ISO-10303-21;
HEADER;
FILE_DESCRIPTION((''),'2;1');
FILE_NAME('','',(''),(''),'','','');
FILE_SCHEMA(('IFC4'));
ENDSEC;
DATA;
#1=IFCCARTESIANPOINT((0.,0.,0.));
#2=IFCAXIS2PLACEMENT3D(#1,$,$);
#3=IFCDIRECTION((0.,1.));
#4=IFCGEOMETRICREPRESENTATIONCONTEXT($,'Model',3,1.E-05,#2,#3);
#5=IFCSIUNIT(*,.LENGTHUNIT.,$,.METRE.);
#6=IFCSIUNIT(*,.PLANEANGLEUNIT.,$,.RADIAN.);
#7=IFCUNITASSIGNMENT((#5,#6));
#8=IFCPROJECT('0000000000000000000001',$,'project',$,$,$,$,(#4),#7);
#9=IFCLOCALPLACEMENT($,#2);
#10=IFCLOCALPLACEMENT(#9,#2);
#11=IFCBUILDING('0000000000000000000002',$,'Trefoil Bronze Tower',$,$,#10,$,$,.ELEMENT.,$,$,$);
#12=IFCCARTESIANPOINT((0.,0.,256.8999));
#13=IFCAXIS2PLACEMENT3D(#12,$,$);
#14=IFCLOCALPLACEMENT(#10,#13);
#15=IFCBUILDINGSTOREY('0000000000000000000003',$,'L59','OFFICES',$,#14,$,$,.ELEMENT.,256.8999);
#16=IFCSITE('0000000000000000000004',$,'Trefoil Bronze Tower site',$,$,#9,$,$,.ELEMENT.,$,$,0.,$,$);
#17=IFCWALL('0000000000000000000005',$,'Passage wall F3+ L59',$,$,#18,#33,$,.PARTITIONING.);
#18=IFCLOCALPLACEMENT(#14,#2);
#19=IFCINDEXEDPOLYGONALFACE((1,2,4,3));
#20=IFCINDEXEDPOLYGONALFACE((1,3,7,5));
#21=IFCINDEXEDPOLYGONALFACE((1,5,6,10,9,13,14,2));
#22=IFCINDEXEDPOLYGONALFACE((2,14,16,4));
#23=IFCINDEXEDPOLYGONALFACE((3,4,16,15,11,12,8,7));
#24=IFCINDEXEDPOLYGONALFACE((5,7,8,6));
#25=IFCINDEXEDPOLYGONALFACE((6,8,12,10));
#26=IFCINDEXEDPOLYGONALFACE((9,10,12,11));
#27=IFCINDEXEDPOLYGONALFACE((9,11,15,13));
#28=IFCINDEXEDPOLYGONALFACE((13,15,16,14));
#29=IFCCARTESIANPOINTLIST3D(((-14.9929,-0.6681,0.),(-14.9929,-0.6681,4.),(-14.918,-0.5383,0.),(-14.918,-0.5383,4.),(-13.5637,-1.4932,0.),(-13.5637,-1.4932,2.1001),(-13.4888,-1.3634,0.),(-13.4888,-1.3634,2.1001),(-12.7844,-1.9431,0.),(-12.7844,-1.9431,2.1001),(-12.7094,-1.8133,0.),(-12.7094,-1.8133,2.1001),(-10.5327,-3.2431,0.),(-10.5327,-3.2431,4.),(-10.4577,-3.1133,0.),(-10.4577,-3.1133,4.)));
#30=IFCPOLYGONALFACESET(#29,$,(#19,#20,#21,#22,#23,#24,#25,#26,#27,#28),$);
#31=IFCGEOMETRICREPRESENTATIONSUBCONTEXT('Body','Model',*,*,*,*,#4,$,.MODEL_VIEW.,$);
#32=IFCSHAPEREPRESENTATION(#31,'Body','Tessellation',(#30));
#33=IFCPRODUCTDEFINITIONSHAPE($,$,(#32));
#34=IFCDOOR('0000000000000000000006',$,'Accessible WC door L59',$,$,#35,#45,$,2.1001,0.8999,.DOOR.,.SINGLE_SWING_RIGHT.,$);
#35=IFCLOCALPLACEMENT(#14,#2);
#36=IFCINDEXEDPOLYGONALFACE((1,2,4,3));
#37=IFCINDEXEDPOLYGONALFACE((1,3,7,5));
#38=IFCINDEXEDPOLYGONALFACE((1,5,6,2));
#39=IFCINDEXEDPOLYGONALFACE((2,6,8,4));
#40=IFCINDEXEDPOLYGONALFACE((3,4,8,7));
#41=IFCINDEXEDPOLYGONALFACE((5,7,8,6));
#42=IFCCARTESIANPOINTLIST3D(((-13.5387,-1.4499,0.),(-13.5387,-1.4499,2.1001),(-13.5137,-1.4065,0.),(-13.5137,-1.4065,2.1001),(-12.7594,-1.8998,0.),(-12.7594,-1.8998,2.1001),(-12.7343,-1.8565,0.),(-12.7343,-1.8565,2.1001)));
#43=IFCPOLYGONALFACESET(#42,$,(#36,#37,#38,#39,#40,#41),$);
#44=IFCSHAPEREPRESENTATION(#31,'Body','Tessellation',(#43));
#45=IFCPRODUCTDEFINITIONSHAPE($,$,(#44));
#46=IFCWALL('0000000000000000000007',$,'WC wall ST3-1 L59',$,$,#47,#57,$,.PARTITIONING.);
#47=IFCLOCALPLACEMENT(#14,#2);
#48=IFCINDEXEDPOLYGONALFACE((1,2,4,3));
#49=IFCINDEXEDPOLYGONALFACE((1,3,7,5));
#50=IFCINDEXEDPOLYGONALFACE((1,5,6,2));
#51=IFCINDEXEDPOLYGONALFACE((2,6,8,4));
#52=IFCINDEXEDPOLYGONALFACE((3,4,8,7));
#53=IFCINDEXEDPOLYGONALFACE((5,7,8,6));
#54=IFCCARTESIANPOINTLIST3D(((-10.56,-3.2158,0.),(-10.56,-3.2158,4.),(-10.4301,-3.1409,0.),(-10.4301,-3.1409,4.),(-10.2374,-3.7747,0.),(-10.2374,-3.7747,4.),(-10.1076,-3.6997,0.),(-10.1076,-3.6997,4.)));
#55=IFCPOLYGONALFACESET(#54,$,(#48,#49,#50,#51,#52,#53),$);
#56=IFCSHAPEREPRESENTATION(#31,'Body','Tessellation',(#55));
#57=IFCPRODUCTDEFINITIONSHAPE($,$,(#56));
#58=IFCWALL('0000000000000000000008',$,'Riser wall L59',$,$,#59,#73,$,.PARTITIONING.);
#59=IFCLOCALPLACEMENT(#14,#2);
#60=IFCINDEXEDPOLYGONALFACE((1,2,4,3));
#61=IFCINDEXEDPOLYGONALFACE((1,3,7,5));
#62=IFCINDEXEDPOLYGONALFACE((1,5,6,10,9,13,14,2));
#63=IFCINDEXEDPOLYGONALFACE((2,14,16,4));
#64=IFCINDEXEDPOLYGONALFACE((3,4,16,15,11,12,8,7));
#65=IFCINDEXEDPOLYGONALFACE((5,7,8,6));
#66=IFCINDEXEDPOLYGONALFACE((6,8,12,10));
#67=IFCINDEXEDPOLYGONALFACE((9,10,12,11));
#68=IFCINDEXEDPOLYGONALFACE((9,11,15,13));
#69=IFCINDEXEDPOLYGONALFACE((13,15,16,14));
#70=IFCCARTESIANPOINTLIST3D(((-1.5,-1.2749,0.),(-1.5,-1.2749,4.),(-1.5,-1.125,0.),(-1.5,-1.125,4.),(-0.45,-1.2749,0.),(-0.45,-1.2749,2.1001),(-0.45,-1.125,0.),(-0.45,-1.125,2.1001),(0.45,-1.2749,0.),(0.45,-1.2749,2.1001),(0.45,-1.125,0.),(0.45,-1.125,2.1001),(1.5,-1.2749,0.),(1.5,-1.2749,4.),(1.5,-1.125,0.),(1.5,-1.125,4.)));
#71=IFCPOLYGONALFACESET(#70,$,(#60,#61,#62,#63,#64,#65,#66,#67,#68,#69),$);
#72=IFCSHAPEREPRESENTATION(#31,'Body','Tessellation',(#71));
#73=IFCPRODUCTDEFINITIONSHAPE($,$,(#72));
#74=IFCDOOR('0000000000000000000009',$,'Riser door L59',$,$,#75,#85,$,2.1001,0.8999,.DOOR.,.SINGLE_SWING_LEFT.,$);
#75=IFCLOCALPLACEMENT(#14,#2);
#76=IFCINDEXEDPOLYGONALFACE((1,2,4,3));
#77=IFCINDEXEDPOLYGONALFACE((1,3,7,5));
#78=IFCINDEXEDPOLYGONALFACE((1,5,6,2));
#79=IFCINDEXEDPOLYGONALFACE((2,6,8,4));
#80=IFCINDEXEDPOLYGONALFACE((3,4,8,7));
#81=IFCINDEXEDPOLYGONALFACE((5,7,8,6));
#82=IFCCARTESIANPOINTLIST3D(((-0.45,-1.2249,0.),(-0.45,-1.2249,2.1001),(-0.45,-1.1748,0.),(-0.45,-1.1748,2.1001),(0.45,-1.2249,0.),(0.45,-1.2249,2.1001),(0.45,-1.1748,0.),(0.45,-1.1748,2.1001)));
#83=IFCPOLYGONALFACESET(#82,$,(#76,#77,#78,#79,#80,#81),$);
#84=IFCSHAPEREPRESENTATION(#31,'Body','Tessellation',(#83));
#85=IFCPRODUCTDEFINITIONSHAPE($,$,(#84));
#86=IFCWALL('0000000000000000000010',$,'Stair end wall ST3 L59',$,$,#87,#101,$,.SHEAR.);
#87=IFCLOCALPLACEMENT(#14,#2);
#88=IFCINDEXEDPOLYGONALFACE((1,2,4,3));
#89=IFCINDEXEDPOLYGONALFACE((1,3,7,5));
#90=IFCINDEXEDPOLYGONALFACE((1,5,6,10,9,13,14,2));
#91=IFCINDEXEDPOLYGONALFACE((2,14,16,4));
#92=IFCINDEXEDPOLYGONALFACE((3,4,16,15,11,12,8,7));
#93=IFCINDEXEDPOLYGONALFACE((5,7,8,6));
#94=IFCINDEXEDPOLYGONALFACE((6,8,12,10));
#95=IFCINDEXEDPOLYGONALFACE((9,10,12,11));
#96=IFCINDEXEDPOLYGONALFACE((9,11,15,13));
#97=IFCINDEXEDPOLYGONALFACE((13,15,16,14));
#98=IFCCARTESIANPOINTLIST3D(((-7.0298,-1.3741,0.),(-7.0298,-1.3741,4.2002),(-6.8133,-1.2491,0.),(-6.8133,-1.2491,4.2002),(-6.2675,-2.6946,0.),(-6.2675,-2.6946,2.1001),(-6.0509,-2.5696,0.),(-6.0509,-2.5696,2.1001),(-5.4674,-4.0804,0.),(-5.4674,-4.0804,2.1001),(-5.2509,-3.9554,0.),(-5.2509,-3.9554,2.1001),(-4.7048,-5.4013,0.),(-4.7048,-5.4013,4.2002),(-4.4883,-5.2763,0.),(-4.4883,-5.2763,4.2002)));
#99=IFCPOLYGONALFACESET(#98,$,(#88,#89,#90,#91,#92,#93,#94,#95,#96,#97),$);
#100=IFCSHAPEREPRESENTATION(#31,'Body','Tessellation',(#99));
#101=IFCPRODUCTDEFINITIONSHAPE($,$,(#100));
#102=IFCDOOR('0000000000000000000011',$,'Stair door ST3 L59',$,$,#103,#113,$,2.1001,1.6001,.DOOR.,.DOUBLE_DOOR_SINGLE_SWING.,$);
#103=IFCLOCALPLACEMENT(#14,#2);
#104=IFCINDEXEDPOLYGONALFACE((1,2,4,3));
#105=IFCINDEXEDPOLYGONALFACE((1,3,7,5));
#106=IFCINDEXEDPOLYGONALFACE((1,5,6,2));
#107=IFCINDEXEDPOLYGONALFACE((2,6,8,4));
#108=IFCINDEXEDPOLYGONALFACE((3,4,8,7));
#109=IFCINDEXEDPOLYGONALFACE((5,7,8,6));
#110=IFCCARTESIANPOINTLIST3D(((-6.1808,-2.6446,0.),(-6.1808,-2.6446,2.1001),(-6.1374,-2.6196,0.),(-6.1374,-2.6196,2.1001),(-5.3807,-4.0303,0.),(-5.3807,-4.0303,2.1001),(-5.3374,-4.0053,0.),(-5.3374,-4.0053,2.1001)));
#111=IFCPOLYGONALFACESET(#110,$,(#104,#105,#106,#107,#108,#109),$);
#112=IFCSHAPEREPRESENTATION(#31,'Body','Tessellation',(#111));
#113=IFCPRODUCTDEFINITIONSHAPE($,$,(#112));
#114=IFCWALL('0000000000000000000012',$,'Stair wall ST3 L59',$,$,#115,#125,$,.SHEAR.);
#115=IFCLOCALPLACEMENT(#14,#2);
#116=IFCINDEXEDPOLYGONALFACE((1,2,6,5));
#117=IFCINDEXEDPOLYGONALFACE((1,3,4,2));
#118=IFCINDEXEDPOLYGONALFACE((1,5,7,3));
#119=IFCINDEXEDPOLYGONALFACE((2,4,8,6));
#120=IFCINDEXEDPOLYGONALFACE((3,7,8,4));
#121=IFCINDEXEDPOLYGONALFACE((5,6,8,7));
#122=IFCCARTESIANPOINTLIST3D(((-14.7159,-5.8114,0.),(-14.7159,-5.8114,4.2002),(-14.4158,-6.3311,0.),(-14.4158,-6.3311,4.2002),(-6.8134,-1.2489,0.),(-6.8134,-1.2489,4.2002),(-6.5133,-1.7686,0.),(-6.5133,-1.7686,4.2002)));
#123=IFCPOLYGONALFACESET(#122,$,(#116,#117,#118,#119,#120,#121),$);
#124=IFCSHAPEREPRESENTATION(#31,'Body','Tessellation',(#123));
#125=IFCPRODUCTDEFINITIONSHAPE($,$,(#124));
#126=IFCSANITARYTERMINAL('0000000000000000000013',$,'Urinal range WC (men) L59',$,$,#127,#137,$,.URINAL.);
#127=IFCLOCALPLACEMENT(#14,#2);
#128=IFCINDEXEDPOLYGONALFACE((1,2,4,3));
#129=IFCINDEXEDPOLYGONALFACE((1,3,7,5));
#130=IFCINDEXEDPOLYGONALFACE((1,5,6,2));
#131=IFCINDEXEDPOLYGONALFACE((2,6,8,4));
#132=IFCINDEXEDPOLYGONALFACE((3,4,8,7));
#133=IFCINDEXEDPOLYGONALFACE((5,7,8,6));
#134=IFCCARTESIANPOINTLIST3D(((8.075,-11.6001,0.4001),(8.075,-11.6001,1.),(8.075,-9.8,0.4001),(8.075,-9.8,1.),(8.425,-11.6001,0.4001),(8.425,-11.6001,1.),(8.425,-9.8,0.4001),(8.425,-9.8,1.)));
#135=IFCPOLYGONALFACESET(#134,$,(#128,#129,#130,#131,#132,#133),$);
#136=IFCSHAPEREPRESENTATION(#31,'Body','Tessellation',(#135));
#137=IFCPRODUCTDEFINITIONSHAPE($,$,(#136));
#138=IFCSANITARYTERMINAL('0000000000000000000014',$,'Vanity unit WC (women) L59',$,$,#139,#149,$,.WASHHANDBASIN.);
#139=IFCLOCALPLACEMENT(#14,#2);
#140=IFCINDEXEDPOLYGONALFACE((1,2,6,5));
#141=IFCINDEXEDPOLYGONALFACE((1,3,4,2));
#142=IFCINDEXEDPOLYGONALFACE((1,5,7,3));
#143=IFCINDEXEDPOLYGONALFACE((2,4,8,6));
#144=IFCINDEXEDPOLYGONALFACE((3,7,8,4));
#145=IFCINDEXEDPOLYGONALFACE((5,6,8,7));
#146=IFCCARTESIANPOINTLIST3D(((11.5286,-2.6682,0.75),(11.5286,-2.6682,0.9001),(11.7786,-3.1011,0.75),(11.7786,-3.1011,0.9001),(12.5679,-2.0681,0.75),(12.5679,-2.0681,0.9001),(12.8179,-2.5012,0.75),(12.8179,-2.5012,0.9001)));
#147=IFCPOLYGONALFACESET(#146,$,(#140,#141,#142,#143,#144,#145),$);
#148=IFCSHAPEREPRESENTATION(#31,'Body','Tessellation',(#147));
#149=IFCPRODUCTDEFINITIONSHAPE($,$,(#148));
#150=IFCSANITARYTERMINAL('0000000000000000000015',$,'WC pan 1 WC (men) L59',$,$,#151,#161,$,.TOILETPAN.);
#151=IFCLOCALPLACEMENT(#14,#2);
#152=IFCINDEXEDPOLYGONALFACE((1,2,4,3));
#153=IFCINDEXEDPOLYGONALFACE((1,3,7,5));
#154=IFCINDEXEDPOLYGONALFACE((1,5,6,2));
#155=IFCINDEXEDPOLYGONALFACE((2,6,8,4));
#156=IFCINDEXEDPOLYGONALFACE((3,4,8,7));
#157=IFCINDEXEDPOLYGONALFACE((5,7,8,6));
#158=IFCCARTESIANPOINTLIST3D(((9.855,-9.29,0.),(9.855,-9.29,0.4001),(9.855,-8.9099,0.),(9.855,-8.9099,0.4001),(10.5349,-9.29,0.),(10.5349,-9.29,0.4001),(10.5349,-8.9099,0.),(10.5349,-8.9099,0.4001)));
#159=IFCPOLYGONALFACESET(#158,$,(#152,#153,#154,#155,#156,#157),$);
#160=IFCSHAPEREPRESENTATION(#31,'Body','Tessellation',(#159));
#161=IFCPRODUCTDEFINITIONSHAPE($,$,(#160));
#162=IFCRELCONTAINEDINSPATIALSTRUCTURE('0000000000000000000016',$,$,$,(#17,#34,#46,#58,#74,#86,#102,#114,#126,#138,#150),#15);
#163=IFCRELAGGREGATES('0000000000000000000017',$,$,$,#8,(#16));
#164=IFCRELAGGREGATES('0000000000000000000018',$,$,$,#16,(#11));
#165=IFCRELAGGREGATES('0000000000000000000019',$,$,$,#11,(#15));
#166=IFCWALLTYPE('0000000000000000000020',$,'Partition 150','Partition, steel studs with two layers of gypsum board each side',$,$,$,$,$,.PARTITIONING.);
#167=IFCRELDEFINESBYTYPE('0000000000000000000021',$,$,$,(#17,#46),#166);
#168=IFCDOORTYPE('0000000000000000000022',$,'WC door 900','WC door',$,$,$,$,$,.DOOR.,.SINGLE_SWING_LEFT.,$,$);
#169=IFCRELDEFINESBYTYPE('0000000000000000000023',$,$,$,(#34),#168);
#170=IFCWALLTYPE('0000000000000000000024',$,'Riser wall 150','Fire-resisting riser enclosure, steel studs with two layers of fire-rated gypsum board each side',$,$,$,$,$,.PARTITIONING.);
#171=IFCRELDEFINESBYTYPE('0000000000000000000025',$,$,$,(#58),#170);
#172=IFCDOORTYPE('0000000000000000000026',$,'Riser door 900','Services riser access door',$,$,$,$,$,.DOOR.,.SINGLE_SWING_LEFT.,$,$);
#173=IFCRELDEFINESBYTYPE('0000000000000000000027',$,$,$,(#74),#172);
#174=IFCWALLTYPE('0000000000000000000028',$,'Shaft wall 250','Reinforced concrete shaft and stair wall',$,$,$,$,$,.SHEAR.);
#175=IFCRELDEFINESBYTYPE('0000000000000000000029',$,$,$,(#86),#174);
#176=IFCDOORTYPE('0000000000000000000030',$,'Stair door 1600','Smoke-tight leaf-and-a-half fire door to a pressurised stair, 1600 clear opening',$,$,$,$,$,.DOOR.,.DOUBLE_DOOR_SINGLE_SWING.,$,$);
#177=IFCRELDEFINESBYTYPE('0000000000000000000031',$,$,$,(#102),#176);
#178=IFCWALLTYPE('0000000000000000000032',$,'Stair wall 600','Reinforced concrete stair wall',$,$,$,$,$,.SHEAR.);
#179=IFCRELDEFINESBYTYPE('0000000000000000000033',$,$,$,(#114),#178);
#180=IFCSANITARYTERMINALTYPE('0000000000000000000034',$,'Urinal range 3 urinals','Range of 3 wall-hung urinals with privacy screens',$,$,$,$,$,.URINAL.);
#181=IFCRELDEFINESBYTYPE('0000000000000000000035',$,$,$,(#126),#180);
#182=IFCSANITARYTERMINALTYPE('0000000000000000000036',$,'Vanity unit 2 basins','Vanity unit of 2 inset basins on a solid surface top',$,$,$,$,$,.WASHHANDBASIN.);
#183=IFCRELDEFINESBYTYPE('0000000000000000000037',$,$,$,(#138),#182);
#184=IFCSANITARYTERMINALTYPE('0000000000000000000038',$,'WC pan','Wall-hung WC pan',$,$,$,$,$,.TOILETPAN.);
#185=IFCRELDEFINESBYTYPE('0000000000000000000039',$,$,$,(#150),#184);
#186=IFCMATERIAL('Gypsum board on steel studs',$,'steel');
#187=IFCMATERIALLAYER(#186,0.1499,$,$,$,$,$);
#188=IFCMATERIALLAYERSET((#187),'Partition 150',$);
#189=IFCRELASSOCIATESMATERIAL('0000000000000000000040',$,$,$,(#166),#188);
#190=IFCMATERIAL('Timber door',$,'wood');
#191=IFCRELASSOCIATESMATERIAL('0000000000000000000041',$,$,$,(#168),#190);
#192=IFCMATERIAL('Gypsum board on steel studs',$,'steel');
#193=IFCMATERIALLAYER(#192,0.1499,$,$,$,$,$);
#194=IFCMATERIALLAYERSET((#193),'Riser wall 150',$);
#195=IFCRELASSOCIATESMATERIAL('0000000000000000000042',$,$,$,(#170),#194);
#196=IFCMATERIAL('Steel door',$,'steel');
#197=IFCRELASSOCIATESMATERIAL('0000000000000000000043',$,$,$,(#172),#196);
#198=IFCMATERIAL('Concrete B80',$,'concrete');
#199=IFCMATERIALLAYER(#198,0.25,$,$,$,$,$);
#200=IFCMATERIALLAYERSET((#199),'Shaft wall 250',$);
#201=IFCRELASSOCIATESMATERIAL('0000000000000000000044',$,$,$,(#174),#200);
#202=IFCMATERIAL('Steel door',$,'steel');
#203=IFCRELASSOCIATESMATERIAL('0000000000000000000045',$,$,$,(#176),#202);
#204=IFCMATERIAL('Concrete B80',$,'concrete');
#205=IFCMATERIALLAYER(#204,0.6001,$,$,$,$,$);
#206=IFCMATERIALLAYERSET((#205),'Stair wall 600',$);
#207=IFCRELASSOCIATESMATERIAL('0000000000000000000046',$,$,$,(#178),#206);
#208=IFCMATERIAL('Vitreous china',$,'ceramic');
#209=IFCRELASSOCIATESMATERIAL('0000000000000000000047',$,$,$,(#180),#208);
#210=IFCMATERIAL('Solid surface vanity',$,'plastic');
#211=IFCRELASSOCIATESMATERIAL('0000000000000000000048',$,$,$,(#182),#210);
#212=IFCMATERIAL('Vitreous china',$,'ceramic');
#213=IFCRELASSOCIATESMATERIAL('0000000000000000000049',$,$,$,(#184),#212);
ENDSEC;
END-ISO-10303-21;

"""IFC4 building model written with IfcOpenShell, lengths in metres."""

from ifc_helpers import new_model, si_unit, direction, frame, frame_2d, origin, place, context, subcontext, project, spatial, polyline, rectangle, outline, extrude, material, layer, layer_set, type_object, element, fill, save


model = new_model("IFC4")

# Units and contexts
model_context = context("Model", 3, precision=1e-05, world=origin(), true_north=direction((0.0, 1.0)))
body_context = subcontext(model_context, "Body", "Model", "MODEL_VIEW")
ifc_project = project(units=[si_unit("LENGTHUNIT", "METRE"), si_unit("PLANEANGLEUNIT", "RADIAN")], contexts=[model_context])

# Site, building, storey
site_placement = place(None, origin())
site = spatial("IfcSite", under=ifc_project, at=site_placement, Name="Trefoil Bronze Tower site", CompositionType="ELEMENT", RefElevation=0.0)
building_placement = place(site_placement, origin())
building = spatial("IfcBuilding", under=site, at=building_placement, Name="Trefoil Bronze Tower", CompositionType="ELEMENT")
storey_placement = place(building_placement, frame((0.0, 0.0, 256.8999)))
storey = spatial("IfcBuildingStorey", under=building, at=storey_placement, Name="L59", Description="OFFICES", CompositionType="ELEMENT", Elevation=256.8999)

# Wall, opening, door
ifc_material_1 = material(Name="Gypsum board on steel studs", Category="steel")
ifc_layer_1 = layer(ifc_material_1, 0.1499)
ifc_layer_set_1 = layer_set([ifc_layer_1], Name="Partition 150")
wall_type_1 = type_object("IfcWallType", Name="Partition 150", Description="Partition, steel studs with two layers of gypsum board each side", PredefinedType="PARTITIONING", material=ifc_layer_set_1)
wall_1_placement = place(storey_placement, frame((-10.4951, -3.1782, 0.0), z_axis=(0.0, 0.0, 1.0), x_axis=(-0.866038, 0.499978, 0.0)))
wall_1 = element("IfcWall", 1, at=wall_1_placement, inside=storey, type_object=wall_type_1, Name="Passage wall F3+ L59", PredefinedType="PARTITIONING", context=body_context, shape_type="SweptSolid", body=[
    extrude(rectangle(XDim=5.1501, YDim=0.1499, at=frame_2d((2.5752, 0.0))), origin(), (0.0, 0.0, 1.0), 4.0),
])
opening_1_placement = place(wall_1_placement, frame((2.6001, 0.0, 0.0)))
opening_1 = element("IfcOpeningElement", 2, at=opening_1_placement, cuts=wall_1, PredefinedType="OPENING", context=body_context, shape_type="SweptSolid", body=[
    extrude(rectangle(XDim=0.8999, YDim=2.1001, at=frame_2d((0.45, 1.05))), frame((0.0, 0.085, 0.0), z_axis=(0.0, -1.0, 0.0), x_axis=(1.0, 0.0, 0.0)), (0.0, 0.0, 1.0), 0.1699),
])
ifc_material_2 = material(Name="Timber door", Category="wood")
door_type_1 = type_object("IfcDoorType", Name="WC door 900", Description="WC door", OperationType="SINGLE_SWING_LEFT", PredefinedType="DOOR", material=ifc_material_2)
door_1_placement = place(opening_1_placement, origin())
door_1 = element("IfcDoor", 3, at=door_1_placement, inside=storey, type_object=door_type_1, Name="Accessible WC door L59", OperationType="SINGLE_SWING_RIGHT", OverallHeight=2.1001, OverallWidth=0.8999, PredefinedType="DOOR", context=body_context, shape_type="SweptSolid", body=[
    extrude(rectangle(XDim=0.8999, YDim=2.1001, at=frame_2d((0.45, 1.05))), frame((0.0, 0.0249, 0.0), z_axis=(0.0, -1.0, 0.0), x_axis=(1.0, 0.0, 0.0)), (0.0, 0.0, 1.0), 0.05),
])
fill(opening_1, door_1)

# Wall
wall_2_placement = place(storey_placement, frame((-10.4951, -3.1782, 0.0), z_axis=(0.0, 0.0, 1.0), x_axis=(0.499843, -0.866116, 0.0)))
element("IfcWall", 4, at=wall_2_placement, inside=storey, type_object=wall_type_1, Name="WC wall ST3-1 L59", PredefinedType="PARTITIONING", context=body_context, shape_type="SweptSolid", body=[
    extrude(rectangle(XDim=0.6453, YDim=0.1499, at=frame_2d((0.3228, 0.0))), origin(), (0.0, 0.0, 1.0), 4.0),
])

# Walls, openings, doors
ifc_material_3 = material(Name="Gypsum board on steel studs", Category="steel")
ifc_layer_2 = layer(ifc_material_3, 0.1499)
ifc_layer_set_2 = layer_set([ifc_layer_2], Name="Riser wall 150")
wall_type_2 = type_object("IfcWallType", Name="Riser wall 150", Description="Fire-resisting riser enclosure, steel studs with two layers of fire-rated gypsum board each side", PredefinedType="PARTITIONING", material=ifc_layer_set_2)
wall_3_placement = place(storey_placement, frame((-1.5, -1.2, 0.0), z_axis=(0.0, 0.0, 1.0), x_axis=(1.0, 0.0, 0.0)))
wall_3 = element("IfcWall", 5, at=wall_3_placement, inside=storey, type_object=wall_type_2, Name="Riser wall L59", PredefinedType="PARTITIONING", context=body_context, shape_type="SweptSolid", body=[
    extrude(rectangle(XDim=3.0, YDim=0.1499, at=frame_2d((1.5, 0.0))), origin(), (0.0, 0.0, 1.0), 4.0),
])
opening_2_placement = place(wall_3_placement, frame((1.05, 0.0, 0.0)))
opening_2 = element("IfcOpeningElement", 6, at=opening_2_placement, cuts=wall_3, PredefinedType="OPENING", context=body_context, shape_type="SweptSolid", body=[
    extrude(rectangle(XDim=0.8999, YDim=2.1001, at=frame_2d((0.45, 1.05))), frame((0.0, 0.085, 0.0), z_axis=(0.0, -1.0, 0.0), x_axis=(1.0, 0.0, 0.0)), (0.0, 0.0, 1.0), 0.1699),
])
ifc_material_4 = material(Name="Steel door", Category="steel")
door_type_2 = type_object("IfcDoorType", Name="Riser door 900", Description="Services riser access door", OperationType="SINGLE_SWING_LEFT", PredefinedType="DOOR", material=ifc_material_4)
door_2_placement = place(opening_2_placement, frame((0.8999, 0.0, 0.0), z_axis=(0.0, 0.0, 1.0), x_axis=(-1.0, 0.0, 0.0)))
door_2 = element("IfcDoor", 7, at=door_2_placement, inside=storey, type_object=door_type_2, Name="Riser door L59", OperationType="SINGLE_SWING_LEFT", OverallHeight=2.1001, OverallWidth=0.8999, PredefinedType="DOOR", context=body_context, shape_type="SweptSolid", body=[
    extrude(rectangle(XDim=0.8999, YDim=2.1001, at=frame_2d((0.45, 1.05))), frame((0.0, 0.0249, 0.0), z_axis=(0.0, -1.0, 0.0), x_axis=(1.0, 0.0, 0.0)), (0.0, 0.0, 1.0), 0.05),
])
fill(opening_2, door_2)
ifc_material_5 = material(Name="Concrete B80", Category="concrete")
ifc_layer_3 = layer(ifc_material_5, 0.25)
ifc_layer_set_3 = layer_set([ifc_layer_3], Name="Shaft wall 250")
wall_type_3 = type_object("IfcWallType", Name="Shaft wall 250", Description="Reinforced concrete shaft and stair wall", PredefinedType="SHEAR", material=ifc_layer_set_3)
wall_4_placement = place(storey_placement, frame((-6.9216, -1.3115, 0.0), z_axis=(0.0, 0.0, 1.0), x_axis=(0.499985, -0.866034, 0.0)))
wall_4 = element("IfcWall", 8, at=wall_4_placement, inside=storey, type_object=wall_type_3, Name="Stair end wall ST3 L59", PredefinedType="SHEAR", context=body_context, shape_type="SweptSolid", body=[
    extrude(rectangle(XDim=4.6501, YDim=0.25, at=frame_2d((2.3252, 0.0))), origin(), (0.0, 0.0, 1.0), 4.2002),
])
opening_3_placement = place(wall_4_placement, frame((1.5249, 0.0, 0.0)))
opening_3 = element("IfcOpeningElement", 9, at=opening_3_placement, cuts=wall_4, PredefinedType="OPENING", context=body_context, shape_type="SweptSolid", body=[
    extrude(rectangle(XDim=1.6001, YDim=2.1001, at=frame_2d((0.8, 1.05))), frame((0.0, 0.135, 0.0), z_axis=(0.0, -1.0, 0.0), x_axis=(1.0, 0.0, 0.0)), (0.0, 0.0, 1.0), 0.27),
])
ifc_material_6 = material(Name="Steel door", Category="steel")
door_type_3 = type_object("IfcDoorType", Name="Stair door 1600", Description="Smoke-tight leaf-and-a-half fire door to a pressurised stair, 1600 clear opening", OperationType="DOUBLE_DOOR_SINGLE_SWING", PredefinedType="DOOR", material=ifc_material_6)
door_3_placement = place(opening_3_placement, frame((1.6001, 0.0, 0.0), z_axis=(0.0, 0.0, 1.0), x_axis=(-1.0, 0.0, 0.0)))
door_3 = element("IfcDoor", 10, at=door_3_placement, inside=storey, type_object=door_type_3, Name="Stair door ST3 L59", OperationType="DOUBLE_DOOR_SINGLE_SWING", OverallHeight=2.1001, OverallWidth=1.6001, PredefinedType="DOOR", context=body_context, shape_type="SweptSolid", body=[
    extrude(rectangle(XDim=1.6001, YDim=2.1001, at=frame_2d((0.8, 1.05))), frame((0.0, 0.0249, 0.0), z_axis=(0.0, -1.0, 0.0), x_axis=(1.0, 0.0, 0.0)), (0.0, 0.0, 1.0), 0.05),
])
fill(opening_3, door_3)

# Wall
ifc_material_7 = material(Name="Concrete B80", Category="concrete")
ifc_layer_4 = layer(ifc_material_7, 0.6001)
ifc_layer_set_4 = layer_set([ifc_layer_4], Name="Stair wall 600")
wall_type_4 = type_object("IfcWallType", Name="Stair wall 600", Description="Reinforced concrete stair wall", PredefinedType="SHEAR", material=ifc_layer_set_4)
wall_5_placement = place(storey_placement, frame((-6.6633, -1.5088, 0.0), z_axis=(0.0, 0.0, 1.0), x_axis=(-0.866028, -0.499995, 0.0)))
element("IfcWall", 11, at=wall_5_placement, inside=storey, type_object=wall_type_4, Name="Stair wall ST3 L59", PredefinedType="SHEAR", context=body_context, shape_type="SweptSolid", body=[
    extrude(rectangle(XDim=9.125, YDim=0.6001, at=frame_2d((4.5625, 0.0))), origin(), (0.0, 0.0, 1.0), 4.2002),
])

# Sanitary terminals
ifc_material_8 = material(Name="Vitreous china", Category="ceramic")
sanitary_terminal_type_1 = type_object("IfcSanitaryTerminalType", Name="Urinal range 3 urinals", Description="Range of 3 wall-hung urinals with privacy screens", PredefinedType="URINAL", material=ifc_material_8)
sanitary_terminal_1_placement = place(storey_placement, frame((0.0, 0.0, 0.4001)))
element("IfcSanitaryTerminal", 12, at=sanitary_terminal_1_placement, inside=storey, type_object=sanitary_terminal_type_1, Name="Urinal range WC (men) L59", PredefinedType="URINAL", context=body_context, shape_type="SweptSolid", body=[
    extrude(outline(polyline([(8.075, -9.8), (8.425, -9.8), (8.425, -11.6001), (8.075, -11.6001), (8.075, -9.8)])), origin(), (0.0, 0.0, 1.0), 0.5999),
])
ifc_material_9 = material(Name="Solid surface vanity", Category="plastic")
sanitary_terminal_type_2 = type_object("IfcSanitaryTerminalType", Name="Vanity unit 2 basins", Description="Vanity unit of 2 inset basins on a solid surface top", PredefinedType="WASHHANDBASIN", material=ifc_material_9)
sanitary_terminal_2_placement = place(storey_placement, frame((0.0, 0.0, 0.75)))
element("IfcSanitaryTerminal", 13, at=sanitary_terminal_2_placement, inside=storey, type_object=sanitary_terminal_type_2, Name="Vanity unit WC (women) L59", PredefinedType="WASHHANDBASIN", context=body_context, shape_type="SweptSolid", body=[
    extrude(outline(polyline([(11.5286, -2.6682), (11.7786, -3.1011), (12.8179, -2.5012), (12.5679, -2.0681), (11.5286, -2.6682)])), origin(), (0.0, 0.0, 1.0), 0.1501),
])
ifc_material_10 = material(Name="Vitreous china", Category="ceramic")
sanitary_terminal_type_3 = type_object("IfcSanitaryTerminalType", Name="WC pan", Description="Wall-hung WC pan", PredefinedType="TOILETPAN", material=ifc_material_10)
sanitary_terminal_3_placement = place(storey_placement, origin())
element("IfcSanitaryTerminal", 14, at=sanitary_terminal_3_placement, inside=storey, type_object=sanitary_terminal_type_3, Name="WC pan 1 WC (men) L59", PredefinedType="TOILETPAN", context=body_context, shape_type="SweptSolid", body=[
    extrude(outline(polyline([(9.855, -8.9099), (10.5349, -8.9099), (10.5349, -9.29), (9.855, -9.29), (9.855, -8.9099)])), origin(), (0.0, 0.0, 1.0), 0.4001),
])

save(model, "model.ifc")
